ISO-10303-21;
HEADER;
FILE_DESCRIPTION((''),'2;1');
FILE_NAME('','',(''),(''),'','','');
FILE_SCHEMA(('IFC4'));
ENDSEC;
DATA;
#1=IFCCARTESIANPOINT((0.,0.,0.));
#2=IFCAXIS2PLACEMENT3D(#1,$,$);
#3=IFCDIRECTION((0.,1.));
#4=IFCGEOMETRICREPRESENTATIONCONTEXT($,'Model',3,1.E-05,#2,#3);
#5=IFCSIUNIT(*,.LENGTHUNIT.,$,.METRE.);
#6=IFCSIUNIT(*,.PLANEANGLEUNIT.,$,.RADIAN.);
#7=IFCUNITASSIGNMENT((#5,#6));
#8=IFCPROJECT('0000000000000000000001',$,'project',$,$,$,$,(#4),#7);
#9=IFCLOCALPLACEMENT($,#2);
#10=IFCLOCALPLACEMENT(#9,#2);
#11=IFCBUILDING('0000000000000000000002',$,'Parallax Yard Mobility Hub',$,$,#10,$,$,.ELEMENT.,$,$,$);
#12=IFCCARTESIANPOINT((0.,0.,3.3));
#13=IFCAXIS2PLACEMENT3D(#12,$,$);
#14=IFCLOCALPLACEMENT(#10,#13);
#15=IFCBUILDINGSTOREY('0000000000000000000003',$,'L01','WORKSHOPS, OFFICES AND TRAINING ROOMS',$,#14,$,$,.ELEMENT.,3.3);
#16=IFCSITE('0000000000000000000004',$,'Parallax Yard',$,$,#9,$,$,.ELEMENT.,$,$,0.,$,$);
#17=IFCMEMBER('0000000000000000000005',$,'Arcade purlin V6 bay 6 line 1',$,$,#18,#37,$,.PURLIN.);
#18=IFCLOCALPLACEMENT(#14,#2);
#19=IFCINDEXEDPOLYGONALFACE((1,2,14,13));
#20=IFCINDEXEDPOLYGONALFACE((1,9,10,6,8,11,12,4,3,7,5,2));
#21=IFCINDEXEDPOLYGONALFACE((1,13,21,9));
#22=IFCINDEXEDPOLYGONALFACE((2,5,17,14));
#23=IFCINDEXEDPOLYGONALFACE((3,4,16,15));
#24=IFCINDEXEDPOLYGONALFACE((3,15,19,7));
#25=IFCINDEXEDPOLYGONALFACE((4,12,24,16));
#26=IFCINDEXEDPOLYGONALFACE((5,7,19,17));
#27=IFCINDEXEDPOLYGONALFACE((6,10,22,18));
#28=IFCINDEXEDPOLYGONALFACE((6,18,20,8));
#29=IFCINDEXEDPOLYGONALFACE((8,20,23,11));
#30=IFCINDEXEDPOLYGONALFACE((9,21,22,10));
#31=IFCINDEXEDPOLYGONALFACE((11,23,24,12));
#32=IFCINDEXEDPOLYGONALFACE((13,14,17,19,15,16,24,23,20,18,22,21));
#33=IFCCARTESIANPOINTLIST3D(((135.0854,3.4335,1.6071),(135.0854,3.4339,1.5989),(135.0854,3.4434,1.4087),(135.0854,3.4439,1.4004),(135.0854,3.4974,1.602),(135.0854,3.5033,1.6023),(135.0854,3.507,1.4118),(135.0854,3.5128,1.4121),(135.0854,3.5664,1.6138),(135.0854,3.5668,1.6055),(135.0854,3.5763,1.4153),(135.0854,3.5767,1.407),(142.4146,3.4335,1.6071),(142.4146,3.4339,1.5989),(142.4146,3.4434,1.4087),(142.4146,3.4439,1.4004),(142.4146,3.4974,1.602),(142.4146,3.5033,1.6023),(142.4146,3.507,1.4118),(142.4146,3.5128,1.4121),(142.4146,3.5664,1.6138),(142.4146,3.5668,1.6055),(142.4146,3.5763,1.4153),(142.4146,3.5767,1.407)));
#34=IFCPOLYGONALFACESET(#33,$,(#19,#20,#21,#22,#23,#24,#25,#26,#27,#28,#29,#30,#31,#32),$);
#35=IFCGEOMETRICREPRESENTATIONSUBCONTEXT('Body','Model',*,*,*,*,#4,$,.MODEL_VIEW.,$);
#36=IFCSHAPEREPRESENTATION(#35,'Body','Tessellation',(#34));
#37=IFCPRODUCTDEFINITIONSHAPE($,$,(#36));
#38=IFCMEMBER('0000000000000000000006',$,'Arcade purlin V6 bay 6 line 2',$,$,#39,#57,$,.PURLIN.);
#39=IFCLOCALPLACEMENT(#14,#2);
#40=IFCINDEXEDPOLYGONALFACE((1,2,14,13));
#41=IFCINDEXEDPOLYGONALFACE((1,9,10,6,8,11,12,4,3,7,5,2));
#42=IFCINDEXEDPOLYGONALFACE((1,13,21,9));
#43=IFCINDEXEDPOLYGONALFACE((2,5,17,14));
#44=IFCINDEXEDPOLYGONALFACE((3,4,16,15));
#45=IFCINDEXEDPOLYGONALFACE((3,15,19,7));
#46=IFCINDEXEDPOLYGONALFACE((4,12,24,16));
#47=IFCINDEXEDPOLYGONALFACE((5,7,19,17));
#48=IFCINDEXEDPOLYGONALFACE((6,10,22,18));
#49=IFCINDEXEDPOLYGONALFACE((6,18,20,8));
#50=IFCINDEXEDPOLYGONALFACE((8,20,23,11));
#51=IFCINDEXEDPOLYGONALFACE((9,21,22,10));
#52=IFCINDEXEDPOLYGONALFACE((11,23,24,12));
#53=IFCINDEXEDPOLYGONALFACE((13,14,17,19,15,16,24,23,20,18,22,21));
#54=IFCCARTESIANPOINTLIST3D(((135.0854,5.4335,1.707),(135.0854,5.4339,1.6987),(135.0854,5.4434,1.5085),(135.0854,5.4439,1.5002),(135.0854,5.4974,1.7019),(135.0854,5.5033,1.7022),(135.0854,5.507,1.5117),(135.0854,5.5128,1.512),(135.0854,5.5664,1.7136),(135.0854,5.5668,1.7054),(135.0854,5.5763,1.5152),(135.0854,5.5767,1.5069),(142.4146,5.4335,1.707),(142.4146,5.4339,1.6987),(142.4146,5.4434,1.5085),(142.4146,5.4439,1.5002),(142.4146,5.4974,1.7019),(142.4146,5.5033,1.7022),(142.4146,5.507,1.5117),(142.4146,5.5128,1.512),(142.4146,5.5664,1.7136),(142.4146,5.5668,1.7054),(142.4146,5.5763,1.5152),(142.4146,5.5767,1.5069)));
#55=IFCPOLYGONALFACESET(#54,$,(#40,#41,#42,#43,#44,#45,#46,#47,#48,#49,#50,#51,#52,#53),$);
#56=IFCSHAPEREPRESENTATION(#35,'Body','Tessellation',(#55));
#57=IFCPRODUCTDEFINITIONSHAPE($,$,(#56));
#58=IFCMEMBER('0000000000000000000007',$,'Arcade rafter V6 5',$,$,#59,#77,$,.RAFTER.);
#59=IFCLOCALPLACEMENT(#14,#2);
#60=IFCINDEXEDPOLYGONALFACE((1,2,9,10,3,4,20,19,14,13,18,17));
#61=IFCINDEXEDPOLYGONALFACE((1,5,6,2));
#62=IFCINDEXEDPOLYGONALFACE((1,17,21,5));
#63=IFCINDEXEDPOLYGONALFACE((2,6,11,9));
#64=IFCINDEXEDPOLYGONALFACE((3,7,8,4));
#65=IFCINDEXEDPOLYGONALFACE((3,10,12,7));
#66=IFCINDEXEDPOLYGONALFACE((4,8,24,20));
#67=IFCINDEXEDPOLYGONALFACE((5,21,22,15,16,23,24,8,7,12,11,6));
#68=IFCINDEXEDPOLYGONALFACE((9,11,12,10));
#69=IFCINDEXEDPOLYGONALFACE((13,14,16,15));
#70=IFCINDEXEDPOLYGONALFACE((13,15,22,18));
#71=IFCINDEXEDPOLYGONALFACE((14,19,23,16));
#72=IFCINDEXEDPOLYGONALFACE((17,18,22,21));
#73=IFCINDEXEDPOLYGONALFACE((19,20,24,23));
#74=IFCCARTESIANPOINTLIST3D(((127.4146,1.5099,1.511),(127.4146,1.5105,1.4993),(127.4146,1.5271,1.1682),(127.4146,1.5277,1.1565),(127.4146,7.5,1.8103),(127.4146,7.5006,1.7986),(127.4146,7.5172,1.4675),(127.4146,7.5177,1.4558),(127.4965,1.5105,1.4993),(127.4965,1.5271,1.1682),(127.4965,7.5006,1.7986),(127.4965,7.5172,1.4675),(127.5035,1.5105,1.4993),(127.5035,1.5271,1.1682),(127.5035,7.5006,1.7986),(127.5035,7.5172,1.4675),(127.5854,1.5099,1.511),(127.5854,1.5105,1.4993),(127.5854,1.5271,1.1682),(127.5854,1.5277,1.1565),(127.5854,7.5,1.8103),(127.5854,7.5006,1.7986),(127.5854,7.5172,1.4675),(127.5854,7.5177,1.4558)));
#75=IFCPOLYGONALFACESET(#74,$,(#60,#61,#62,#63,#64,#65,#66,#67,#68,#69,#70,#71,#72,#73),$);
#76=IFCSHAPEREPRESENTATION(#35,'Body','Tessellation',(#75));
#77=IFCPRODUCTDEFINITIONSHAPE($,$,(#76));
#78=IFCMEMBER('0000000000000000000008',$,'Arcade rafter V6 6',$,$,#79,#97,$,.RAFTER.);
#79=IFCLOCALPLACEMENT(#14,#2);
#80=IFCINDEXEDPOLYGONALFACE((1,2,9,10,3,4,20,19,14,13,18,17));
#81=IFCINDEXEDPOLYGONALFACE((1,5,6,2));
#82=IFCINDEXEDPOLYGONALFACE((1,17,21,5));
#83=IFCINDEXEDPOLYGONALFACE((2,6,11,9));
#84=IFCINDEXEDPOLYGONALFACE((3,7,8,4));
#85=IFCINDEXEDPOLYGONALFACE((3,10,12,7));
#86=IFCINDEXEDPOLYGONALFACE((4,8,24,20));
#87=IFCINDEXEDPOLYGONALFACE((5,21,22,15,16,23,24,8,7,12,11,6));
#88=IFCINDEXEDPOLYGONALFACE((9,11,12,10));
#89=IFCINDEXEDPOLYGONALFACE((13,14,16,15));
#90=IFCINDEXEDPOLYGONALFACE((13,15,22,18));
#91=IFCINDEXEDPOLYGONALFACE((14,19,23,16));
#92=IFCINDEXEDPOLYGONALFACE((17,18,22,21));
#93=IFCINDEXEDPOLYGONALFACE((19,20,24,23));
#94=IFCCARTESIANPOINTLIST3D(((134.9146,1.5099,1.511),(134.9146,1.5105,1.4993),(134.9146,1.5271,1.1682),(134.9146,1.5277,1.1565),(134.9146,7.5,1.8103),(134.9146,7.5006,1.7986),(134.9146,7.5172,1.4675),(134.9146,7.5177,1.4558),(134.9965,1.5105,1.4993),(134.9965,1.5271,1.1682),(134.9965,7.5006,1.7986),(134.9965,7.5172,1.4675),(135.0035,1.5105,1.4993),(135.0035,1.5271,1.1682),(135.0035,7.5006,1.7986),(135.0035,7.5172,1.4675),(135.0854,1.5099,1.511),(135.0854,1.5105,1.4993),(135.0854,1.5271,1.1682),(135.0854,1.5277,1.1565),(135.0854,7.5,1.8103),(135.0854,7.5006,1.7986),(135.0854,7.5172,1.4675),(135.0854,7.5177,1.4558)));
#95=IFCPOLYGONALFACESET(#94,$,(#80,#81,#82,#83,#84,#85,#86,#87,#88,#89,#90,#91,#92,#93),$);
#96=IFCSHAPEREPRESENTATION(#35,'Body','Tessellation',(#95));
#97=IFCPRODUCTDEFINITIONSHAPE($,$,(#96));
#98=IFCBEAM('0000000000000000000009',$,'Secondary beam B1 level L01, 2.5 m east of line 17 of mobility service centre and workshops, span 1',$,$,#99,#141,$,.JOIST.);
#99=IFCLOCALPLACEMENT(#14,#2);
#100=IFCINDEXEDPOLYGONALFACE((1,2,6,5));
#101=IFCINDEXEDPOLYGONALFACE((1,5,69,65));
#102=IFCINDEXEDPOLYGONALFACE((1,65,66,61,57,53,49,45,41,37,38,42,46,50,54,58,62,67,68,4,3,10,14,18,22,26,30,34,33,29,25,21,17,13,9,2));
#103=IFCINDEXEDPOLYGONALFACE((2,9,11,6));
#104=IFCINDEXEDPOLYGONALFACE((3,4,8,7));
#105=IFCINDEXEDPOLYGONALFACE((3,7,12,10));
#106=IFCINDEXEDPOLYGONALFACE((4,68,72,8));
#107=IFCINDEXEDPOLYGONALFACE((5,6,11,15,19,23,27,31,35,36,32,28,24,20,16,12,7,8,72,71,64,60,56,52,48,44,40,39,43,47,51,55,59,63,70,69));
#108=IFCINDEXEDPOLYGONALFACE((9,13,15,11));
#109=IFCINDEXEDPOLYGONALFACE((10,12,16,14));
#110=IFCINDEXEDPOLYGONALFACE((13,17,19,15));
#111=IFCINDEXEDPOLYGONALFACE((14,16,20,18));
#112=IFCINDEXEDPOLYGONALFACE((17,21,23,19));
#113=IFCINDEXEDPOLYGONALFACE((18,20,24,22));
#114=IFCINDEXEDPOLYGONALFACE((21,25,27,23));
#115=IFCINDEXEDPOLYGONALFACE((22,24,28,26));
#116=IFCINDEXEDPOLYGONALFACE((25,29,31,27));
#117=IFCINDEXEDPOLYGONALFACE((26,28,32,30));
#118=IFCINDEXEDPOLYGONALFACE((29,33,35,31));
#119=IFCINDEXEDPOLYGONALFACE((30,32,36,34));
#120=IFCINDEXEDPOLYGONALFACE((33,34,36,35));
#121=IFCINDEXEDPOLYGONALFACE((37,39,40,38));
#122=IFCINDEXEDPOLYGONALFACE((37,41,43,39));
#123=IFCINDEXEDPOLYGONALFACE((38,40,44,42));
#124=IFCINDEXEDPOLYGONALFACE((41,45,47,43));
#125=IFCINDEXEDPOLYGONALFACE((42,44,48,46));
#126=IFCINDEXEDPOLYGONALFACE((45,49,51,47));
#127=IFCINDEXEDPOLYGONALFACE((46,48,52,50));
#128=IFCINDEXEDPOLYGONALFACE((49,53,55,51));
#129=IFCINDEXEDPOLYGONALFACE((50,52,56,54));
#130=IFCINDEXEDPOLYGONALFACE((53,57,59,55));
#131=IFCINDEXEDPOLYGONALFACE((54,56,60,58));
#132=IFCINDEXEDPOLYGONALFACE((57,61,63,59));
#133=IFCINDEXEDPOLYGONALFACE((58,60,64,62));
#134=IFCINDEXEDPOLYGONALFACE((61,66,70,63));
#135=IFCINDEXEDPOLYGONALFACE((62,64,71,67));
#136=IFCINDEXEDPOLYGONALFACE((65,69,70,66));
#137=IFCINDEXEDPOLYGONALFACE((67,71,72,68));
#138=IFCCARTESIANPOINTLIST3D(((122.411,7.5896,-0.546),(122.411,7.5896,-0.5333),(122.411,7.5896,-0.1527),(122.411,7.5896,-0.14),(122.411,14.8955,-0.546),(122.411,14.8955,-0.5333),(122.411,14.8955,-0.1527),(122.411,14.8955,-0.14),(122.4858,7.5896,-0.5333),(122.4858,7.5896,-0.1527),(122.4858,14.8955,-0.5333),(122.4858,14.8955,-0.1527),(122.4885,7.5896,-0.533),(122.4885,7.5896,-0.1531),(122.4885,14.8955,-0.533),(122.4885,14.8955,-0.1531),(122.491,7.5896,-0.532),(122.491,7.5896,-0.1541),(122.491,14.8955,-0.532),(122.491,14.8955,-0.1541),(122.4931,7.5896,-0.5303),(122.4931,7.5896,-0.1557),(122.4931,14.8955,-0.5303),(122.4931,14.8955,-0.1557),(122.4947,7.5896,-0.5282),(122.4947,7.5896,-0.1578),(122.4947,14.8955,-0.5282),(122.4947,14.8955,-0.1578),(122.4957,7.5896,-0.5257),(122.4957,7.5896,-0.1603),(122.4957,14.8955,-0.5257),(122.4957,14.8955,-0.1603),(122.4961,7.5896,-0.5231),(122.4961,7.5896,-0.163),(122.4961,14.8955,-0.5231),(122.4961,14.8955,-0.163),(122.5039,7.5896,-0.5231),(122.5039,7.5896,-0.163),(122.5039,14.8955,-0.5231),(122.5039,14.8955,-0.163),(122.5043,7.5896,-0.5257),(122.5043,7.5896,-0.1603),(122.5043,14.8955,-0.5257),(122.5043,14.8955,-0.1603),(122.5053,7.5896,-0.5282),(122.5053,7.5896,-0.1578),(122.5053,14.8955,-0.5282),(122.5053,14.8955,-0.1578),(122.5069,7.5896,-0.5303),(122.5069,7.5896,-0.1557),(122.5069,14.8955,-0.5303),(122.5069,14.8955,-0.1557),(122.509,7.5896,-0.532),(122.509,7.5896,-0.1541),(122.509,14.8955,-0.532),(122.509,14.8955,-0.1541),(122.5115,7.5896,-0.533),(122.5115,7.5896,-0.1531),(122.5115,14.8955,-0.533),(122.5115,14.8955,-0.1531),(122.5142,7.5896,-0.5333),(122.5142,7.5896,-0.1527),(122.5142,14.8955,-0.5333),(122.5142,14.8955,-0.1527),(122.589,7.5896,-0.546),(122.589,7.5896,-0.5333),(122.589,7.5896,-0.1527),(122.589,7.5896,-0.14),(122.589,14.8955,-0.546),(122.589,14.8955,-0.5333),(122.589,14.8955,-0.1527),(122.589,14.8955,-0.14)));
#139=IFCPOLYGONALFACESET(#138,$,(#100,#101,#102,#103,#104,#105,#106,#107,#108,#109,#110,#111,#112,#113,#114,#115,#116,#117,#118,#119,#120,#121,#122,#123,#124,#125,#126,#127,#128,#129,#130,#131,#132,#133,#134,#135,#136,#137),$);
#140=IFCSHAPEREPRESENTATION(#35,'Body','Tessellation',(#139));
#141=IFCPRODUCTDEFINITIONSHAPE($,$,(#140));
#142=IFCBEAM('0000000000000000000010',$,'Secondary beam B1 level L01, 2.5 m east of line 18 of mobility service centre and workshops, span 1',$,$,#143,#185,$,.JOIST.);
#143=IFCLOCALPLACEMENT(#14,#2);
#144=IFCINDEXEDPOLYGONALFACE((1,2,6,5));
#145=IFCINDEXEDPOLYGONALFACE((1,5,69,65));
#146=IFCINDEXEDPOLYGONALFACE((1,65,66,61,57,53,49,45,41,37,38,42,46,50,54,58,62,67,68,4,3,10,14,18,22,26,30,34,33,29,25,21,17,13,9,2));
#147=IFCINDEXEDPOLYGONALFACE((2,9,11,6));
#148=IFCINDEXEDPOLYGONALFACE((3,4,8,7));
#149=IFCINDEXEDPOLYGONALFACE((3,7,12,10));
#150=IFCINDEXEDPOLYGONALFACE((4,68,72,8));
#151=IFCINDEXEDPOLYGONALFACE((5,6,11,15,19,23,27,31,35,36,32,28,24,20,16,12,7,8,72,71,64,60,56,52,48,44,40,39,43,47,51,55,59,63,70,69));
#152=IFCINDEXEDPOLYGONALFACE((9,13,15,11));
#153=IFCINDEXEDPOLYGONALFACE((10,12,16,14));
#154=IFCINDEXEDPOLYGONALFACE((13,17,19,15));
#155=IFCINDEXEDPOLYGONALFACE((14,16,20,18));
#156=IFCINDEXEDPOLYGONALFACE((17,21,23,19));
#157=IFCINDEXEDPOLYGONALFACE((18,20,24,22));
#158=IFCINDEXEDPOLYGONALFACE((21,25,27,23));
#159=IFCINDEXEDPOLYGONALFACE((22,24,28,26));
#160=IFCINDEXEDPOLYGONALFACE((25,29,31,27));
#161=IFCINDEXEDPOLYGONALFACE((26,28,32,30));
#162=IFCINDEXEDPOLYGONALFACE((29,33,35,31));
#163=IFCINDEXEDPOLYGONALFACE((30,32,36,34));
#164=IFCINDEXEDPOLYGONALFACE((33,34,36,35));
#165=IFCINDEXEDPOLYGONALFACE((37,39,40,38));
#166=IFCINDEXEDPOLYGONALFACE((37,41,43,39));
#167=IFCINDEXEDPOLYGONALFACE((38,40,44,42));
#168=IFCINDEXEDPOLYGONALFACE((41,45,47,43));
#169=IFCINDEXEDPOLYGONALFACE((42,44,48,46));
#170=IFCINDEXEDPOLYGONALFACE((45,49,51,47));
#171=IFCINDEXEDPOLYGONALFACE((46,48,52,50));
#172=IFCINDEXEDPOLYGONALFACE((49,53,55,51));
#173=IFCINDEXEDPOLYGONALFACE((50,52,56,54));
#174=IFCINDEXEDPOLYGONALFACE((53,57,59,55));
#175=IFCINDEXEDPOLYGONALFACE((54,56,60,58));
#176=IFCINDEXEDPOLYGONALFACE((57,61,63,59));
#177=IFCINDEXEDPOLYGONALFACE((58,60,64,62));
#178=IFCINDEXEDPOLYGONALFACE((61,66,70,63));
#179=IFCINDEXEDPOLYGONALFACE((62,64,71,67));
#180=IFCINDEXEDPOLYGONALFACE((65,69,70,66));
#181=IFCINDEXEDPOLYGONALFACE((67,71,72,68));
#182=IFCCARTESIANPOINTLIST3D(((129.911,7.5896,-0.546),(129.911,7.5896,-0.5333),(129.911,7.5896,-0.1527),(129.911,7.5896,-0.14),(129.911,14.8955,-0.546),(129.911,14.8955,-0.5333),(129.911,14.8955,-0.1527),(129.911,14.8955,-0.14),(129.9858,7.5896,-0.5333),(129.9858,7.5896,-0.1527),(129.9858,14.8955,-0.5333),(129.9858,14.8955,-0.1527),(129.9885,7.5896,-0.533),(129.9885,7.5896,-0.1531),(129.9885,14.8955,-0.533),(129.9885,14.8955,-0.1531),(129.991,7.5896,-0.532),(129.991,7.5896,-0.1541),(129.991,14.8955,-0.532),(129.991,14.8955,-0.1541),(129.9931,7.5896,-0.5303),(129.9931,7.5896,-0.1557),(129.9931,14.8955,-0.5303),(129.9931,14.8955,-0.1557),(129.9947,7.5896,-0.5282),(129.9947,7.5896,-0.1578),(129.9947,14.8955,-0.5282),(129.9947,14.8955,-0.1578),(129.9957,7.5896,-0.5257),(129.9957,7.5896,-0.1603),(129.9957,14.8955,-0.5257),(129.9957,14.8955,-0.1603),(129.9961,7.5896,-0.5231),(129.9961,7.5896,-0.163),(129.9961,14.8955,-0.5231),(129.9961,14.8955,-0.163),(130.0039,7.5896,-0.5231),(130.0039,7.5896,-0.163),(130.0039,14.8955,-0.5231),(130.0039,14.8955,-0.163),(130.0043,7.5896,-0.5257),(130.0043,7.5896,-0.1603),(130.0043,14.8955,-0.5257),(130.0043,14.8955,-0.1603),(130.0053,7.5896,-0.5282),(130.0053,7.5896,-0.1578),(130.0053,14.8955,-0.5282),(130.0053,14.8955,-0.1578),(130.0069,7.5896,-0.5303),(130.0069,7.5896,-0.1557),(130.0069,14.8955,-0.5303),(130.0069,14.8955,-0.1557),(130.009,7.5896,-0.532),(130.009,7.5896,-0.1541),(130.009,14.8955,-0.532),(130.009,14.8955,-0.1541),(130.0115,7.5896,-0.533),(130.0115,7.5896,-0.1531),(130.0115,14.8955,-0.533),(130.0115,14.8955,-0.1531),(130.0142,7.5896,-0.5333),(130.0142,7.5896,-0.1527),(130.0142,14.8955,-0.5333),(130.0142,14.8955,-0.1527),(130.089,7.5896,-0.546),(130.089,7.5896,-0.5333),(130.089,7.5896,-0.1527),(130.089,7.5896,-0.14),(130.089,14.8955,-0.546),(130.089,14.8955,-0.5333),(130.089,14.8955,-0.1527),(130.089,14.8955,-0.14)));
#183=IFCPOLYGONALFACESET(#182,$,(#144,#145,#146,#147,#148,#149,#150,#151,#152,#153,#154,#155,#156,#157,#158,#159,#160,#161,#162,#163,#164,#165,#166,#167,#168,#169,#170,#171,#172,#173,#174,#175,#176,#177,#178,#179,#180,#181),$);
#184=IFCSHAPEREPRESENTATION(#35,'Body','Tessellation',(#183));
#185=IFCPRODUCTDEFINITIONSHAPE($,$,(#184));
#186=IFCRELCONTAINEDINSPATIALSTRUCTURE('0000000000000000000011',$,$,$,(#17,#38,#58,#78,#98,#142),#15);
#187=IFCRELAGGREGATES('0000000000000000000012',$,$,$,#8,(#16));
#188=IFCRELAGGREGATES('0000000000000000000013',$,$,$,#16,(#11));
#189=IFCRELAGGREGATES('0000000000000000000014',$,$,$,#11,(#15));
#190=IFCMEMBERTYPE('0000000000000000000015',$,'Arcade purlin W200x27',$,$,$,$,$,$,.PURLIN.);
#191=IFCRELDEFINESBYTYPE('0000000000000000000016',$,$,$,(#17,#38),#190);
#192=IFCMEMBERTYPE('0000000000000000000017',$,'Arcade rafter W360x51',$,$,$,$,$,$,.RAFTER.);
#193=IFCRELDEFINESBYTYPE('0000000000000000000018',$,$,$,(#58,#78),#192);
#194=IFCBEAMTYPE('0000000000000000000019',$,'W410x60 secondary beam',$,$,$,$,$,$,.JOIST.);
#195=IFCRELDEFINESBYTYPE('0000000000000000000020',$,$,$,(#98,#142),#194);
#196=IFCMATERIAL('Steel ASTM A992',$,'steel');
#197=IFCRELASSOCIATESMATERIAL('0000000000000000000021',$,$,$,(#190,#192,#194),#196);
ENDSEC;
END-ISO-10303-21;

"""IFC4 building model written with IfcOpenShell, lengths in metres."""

from ifc_helpers import new_model, si_unit, direction, frame, origin, origin_2d, place, context, subcontext, project, spatial, i_section, extrude, material, material_profile, profile_set, type_object, element, save


model = new_model("IFC4")

# Units and contexts
model_context = context("Model", 3, precision=1e-05, world=origin(), true_north=direction((0.0, 1.0)))
body_context = subcontext(model_context, "Body", "Model", "MODEL_VIEW")
ifc_project = project(units=[si_unit("LENGTHUNIT", "METRE"), si_unit("PLANEANGLEUNIT", "RADIAN")], contexts=[model_context])

# Site, building, storey
site_placement = place(None, origin())
site = spatial("IfcSite", under=ifc_project, at=site_placement, Name="Parallax Yard", CompositionType="ELEMENT", RefElevation=0.0)
building_placement = place(site_placement, origin())
building = spatial("IfcBuilding", under=site, at=building_placement, Name="Parallax Yard Mobility Hub", CompositionType="ELEMENT")
storey_placement = place(building_placement, frame((0.0, 0.0, 3.3)))
storey = spatial("IfcBuildingStorey", under=building, at=storey_placement, Name="L01", Description="WORKSHOPS, OFFICES AND TRAINING ROOMS", CompositionType="ELEMENT", Elevation=3.3)

# Shared definitions
ifc_material_1 = material(Name="Steel ASTM A992", Category="steel")

# Members
ifc_material_profile_1 = material_profile(ifc_material_1, i_section(OverallWidth=0.1331, OverallDepth=0.207, WebThickness=0.0059, FlangeThickness=0.0083, at=origin_2d()), Name="W200x27")
ifc_profile_set_1 = profile_set([ifc_material_profile_1], Name="Steel ASTM A992")
member_type_1 = type_object("IfcMemberType", Name="Arcade purlin W200x27", PredefinedType="PURLIN", material=ifc_profile_set_1)
for number, where, z_axis, x_axis, name in (
    (1, (135.0854, 3.5051, 1.5071), (1.0, 0.0, 0.0), (0.0, 0.998752, 0.049938), "Arcade purlin V6 bay 6 line 1"),
    (2, (135.0854, 5.5051, 1.6069), (1.0, 0.0, 0.0), (0.0, 0.998752, 0.049938), "Arcade purlin V6 bay 6 line 2"),
):
    element("IfcMember", number, at=place(storey_placement, frame(where, z_axis=z_axis, x_axis=x_axis)), inside=storey, type_object=member_type_1, Name=name, PredefinedType="PURLIN", context=body_context, shape_type="SweptSolid", body=[
        extrude(i_section(OverallWidth=0.1331, OverallDepth=0.207, WebThickness=0.0059, FlangeThickness=0.0083, at=origin_2d()), origin(), (0.0, 0.0, 1.0), 7.3291),
    ])
ifc_material_profile_2 = material_profile(ifc_material_1, i_section(OverallWidth=0.1709, OverallDepth=0.355, WebThickness=0.0071, FlangeThickness=0.0117, at=origin_2d()), Name="W360x51")
ifc_profile_set_2 = profile_set([ifc_material_profile_2], Name="Steel ASTM A992")
member_type_2 = type_object("IfcMemberType", Name="Arcade rafter W360x51", PredefinedType="RAFTER", material=ifc_profile_set_2)
for number, where, z_axis, x_axis, name in (
    (3, (127.5, 1.5188, 1.3337), (0.0, 0.998754, 0.049907), (-1.0, 0.0, 0.0), "Arcade rafter V6 5"),
    (4, (135.0, 1.5188, 1.3337), (0.0, 0.998754, 0.049907), (-1.0, 0.0, 0.0), "Arcade rafter V6 6"),
):
    element("IfcMember", number, at=place(storey_placement, frame(where, z_axis=z_axis, x_axis=x_axis)), inside=storey, type_object=member_type_2, Name=name, PredefinedType="RAFTER", context=body_context, shape_type="SweptSolid", body=[
        extrude(i_section(OverallWidth=0.1709, OverallDepth=0.355, WebThickness=0.0071, FlangeThickness=0.0117, at=origin_2d()), origin(), (0.0, 0.0, 1.0), 5.9976),
    ])

# Beams
ifc_material_profile_3 = material_profile(ifc_material_1, i_section(OverallWidth=0.178, OverallDepth=0.406, WebThickness=0.0078, FlangeThickness=0.0127, FilletRadius=0.0103, at=origin_2d()), Name="W410x60")
ifc_profile_set_3 = profile_set([ifc_material_profile_3], Name="Steel ASTM A992")
beam_type_1 = type_object("IfcBeamType", Name="W410x60 secondary beam", PredefinedType="JOIST", material=ifc_profile_set_3)
for number, where, z_axis, x_axis, name in (
    (5, (122.5, 7.5896, -0.343), (0.0, 1.0, 0.0), (-1.0, 0.0, 0.0), "Secondary beam B1 level L01, 2.5 m east of line 17 of mobility service centre and workshops, span 1"),
    (6, (130.0, 7.5896, -0.343), (0.0, 1.0, 0.0), (-1.0, 0.0, 0.0), "Secondary beam B1 level L01, 2.5 m east of line 18 of mobility service centre and workshops, span 1"),
):
    element("IfcBeam", number, at=place(storey_placement, frame(where, z_axis=z_axis, x_axis=x_axis)), inside=storey, type_object=beam_type_1, Name=name, PredefinedType="JOIST", context=body_context, shape_type="SweptSolid", body=[
        extrude(i_section(OverallWidth=0.178, OverallDepth=0.406, WebThickness=0.0078, FlangeThickness=0.0127, FilletRadius=0.0103, at=origin_2d()), origin(), (0.0, 0.0, 1.0), 7.3059),
    ])

save(model, "model.ifc")
